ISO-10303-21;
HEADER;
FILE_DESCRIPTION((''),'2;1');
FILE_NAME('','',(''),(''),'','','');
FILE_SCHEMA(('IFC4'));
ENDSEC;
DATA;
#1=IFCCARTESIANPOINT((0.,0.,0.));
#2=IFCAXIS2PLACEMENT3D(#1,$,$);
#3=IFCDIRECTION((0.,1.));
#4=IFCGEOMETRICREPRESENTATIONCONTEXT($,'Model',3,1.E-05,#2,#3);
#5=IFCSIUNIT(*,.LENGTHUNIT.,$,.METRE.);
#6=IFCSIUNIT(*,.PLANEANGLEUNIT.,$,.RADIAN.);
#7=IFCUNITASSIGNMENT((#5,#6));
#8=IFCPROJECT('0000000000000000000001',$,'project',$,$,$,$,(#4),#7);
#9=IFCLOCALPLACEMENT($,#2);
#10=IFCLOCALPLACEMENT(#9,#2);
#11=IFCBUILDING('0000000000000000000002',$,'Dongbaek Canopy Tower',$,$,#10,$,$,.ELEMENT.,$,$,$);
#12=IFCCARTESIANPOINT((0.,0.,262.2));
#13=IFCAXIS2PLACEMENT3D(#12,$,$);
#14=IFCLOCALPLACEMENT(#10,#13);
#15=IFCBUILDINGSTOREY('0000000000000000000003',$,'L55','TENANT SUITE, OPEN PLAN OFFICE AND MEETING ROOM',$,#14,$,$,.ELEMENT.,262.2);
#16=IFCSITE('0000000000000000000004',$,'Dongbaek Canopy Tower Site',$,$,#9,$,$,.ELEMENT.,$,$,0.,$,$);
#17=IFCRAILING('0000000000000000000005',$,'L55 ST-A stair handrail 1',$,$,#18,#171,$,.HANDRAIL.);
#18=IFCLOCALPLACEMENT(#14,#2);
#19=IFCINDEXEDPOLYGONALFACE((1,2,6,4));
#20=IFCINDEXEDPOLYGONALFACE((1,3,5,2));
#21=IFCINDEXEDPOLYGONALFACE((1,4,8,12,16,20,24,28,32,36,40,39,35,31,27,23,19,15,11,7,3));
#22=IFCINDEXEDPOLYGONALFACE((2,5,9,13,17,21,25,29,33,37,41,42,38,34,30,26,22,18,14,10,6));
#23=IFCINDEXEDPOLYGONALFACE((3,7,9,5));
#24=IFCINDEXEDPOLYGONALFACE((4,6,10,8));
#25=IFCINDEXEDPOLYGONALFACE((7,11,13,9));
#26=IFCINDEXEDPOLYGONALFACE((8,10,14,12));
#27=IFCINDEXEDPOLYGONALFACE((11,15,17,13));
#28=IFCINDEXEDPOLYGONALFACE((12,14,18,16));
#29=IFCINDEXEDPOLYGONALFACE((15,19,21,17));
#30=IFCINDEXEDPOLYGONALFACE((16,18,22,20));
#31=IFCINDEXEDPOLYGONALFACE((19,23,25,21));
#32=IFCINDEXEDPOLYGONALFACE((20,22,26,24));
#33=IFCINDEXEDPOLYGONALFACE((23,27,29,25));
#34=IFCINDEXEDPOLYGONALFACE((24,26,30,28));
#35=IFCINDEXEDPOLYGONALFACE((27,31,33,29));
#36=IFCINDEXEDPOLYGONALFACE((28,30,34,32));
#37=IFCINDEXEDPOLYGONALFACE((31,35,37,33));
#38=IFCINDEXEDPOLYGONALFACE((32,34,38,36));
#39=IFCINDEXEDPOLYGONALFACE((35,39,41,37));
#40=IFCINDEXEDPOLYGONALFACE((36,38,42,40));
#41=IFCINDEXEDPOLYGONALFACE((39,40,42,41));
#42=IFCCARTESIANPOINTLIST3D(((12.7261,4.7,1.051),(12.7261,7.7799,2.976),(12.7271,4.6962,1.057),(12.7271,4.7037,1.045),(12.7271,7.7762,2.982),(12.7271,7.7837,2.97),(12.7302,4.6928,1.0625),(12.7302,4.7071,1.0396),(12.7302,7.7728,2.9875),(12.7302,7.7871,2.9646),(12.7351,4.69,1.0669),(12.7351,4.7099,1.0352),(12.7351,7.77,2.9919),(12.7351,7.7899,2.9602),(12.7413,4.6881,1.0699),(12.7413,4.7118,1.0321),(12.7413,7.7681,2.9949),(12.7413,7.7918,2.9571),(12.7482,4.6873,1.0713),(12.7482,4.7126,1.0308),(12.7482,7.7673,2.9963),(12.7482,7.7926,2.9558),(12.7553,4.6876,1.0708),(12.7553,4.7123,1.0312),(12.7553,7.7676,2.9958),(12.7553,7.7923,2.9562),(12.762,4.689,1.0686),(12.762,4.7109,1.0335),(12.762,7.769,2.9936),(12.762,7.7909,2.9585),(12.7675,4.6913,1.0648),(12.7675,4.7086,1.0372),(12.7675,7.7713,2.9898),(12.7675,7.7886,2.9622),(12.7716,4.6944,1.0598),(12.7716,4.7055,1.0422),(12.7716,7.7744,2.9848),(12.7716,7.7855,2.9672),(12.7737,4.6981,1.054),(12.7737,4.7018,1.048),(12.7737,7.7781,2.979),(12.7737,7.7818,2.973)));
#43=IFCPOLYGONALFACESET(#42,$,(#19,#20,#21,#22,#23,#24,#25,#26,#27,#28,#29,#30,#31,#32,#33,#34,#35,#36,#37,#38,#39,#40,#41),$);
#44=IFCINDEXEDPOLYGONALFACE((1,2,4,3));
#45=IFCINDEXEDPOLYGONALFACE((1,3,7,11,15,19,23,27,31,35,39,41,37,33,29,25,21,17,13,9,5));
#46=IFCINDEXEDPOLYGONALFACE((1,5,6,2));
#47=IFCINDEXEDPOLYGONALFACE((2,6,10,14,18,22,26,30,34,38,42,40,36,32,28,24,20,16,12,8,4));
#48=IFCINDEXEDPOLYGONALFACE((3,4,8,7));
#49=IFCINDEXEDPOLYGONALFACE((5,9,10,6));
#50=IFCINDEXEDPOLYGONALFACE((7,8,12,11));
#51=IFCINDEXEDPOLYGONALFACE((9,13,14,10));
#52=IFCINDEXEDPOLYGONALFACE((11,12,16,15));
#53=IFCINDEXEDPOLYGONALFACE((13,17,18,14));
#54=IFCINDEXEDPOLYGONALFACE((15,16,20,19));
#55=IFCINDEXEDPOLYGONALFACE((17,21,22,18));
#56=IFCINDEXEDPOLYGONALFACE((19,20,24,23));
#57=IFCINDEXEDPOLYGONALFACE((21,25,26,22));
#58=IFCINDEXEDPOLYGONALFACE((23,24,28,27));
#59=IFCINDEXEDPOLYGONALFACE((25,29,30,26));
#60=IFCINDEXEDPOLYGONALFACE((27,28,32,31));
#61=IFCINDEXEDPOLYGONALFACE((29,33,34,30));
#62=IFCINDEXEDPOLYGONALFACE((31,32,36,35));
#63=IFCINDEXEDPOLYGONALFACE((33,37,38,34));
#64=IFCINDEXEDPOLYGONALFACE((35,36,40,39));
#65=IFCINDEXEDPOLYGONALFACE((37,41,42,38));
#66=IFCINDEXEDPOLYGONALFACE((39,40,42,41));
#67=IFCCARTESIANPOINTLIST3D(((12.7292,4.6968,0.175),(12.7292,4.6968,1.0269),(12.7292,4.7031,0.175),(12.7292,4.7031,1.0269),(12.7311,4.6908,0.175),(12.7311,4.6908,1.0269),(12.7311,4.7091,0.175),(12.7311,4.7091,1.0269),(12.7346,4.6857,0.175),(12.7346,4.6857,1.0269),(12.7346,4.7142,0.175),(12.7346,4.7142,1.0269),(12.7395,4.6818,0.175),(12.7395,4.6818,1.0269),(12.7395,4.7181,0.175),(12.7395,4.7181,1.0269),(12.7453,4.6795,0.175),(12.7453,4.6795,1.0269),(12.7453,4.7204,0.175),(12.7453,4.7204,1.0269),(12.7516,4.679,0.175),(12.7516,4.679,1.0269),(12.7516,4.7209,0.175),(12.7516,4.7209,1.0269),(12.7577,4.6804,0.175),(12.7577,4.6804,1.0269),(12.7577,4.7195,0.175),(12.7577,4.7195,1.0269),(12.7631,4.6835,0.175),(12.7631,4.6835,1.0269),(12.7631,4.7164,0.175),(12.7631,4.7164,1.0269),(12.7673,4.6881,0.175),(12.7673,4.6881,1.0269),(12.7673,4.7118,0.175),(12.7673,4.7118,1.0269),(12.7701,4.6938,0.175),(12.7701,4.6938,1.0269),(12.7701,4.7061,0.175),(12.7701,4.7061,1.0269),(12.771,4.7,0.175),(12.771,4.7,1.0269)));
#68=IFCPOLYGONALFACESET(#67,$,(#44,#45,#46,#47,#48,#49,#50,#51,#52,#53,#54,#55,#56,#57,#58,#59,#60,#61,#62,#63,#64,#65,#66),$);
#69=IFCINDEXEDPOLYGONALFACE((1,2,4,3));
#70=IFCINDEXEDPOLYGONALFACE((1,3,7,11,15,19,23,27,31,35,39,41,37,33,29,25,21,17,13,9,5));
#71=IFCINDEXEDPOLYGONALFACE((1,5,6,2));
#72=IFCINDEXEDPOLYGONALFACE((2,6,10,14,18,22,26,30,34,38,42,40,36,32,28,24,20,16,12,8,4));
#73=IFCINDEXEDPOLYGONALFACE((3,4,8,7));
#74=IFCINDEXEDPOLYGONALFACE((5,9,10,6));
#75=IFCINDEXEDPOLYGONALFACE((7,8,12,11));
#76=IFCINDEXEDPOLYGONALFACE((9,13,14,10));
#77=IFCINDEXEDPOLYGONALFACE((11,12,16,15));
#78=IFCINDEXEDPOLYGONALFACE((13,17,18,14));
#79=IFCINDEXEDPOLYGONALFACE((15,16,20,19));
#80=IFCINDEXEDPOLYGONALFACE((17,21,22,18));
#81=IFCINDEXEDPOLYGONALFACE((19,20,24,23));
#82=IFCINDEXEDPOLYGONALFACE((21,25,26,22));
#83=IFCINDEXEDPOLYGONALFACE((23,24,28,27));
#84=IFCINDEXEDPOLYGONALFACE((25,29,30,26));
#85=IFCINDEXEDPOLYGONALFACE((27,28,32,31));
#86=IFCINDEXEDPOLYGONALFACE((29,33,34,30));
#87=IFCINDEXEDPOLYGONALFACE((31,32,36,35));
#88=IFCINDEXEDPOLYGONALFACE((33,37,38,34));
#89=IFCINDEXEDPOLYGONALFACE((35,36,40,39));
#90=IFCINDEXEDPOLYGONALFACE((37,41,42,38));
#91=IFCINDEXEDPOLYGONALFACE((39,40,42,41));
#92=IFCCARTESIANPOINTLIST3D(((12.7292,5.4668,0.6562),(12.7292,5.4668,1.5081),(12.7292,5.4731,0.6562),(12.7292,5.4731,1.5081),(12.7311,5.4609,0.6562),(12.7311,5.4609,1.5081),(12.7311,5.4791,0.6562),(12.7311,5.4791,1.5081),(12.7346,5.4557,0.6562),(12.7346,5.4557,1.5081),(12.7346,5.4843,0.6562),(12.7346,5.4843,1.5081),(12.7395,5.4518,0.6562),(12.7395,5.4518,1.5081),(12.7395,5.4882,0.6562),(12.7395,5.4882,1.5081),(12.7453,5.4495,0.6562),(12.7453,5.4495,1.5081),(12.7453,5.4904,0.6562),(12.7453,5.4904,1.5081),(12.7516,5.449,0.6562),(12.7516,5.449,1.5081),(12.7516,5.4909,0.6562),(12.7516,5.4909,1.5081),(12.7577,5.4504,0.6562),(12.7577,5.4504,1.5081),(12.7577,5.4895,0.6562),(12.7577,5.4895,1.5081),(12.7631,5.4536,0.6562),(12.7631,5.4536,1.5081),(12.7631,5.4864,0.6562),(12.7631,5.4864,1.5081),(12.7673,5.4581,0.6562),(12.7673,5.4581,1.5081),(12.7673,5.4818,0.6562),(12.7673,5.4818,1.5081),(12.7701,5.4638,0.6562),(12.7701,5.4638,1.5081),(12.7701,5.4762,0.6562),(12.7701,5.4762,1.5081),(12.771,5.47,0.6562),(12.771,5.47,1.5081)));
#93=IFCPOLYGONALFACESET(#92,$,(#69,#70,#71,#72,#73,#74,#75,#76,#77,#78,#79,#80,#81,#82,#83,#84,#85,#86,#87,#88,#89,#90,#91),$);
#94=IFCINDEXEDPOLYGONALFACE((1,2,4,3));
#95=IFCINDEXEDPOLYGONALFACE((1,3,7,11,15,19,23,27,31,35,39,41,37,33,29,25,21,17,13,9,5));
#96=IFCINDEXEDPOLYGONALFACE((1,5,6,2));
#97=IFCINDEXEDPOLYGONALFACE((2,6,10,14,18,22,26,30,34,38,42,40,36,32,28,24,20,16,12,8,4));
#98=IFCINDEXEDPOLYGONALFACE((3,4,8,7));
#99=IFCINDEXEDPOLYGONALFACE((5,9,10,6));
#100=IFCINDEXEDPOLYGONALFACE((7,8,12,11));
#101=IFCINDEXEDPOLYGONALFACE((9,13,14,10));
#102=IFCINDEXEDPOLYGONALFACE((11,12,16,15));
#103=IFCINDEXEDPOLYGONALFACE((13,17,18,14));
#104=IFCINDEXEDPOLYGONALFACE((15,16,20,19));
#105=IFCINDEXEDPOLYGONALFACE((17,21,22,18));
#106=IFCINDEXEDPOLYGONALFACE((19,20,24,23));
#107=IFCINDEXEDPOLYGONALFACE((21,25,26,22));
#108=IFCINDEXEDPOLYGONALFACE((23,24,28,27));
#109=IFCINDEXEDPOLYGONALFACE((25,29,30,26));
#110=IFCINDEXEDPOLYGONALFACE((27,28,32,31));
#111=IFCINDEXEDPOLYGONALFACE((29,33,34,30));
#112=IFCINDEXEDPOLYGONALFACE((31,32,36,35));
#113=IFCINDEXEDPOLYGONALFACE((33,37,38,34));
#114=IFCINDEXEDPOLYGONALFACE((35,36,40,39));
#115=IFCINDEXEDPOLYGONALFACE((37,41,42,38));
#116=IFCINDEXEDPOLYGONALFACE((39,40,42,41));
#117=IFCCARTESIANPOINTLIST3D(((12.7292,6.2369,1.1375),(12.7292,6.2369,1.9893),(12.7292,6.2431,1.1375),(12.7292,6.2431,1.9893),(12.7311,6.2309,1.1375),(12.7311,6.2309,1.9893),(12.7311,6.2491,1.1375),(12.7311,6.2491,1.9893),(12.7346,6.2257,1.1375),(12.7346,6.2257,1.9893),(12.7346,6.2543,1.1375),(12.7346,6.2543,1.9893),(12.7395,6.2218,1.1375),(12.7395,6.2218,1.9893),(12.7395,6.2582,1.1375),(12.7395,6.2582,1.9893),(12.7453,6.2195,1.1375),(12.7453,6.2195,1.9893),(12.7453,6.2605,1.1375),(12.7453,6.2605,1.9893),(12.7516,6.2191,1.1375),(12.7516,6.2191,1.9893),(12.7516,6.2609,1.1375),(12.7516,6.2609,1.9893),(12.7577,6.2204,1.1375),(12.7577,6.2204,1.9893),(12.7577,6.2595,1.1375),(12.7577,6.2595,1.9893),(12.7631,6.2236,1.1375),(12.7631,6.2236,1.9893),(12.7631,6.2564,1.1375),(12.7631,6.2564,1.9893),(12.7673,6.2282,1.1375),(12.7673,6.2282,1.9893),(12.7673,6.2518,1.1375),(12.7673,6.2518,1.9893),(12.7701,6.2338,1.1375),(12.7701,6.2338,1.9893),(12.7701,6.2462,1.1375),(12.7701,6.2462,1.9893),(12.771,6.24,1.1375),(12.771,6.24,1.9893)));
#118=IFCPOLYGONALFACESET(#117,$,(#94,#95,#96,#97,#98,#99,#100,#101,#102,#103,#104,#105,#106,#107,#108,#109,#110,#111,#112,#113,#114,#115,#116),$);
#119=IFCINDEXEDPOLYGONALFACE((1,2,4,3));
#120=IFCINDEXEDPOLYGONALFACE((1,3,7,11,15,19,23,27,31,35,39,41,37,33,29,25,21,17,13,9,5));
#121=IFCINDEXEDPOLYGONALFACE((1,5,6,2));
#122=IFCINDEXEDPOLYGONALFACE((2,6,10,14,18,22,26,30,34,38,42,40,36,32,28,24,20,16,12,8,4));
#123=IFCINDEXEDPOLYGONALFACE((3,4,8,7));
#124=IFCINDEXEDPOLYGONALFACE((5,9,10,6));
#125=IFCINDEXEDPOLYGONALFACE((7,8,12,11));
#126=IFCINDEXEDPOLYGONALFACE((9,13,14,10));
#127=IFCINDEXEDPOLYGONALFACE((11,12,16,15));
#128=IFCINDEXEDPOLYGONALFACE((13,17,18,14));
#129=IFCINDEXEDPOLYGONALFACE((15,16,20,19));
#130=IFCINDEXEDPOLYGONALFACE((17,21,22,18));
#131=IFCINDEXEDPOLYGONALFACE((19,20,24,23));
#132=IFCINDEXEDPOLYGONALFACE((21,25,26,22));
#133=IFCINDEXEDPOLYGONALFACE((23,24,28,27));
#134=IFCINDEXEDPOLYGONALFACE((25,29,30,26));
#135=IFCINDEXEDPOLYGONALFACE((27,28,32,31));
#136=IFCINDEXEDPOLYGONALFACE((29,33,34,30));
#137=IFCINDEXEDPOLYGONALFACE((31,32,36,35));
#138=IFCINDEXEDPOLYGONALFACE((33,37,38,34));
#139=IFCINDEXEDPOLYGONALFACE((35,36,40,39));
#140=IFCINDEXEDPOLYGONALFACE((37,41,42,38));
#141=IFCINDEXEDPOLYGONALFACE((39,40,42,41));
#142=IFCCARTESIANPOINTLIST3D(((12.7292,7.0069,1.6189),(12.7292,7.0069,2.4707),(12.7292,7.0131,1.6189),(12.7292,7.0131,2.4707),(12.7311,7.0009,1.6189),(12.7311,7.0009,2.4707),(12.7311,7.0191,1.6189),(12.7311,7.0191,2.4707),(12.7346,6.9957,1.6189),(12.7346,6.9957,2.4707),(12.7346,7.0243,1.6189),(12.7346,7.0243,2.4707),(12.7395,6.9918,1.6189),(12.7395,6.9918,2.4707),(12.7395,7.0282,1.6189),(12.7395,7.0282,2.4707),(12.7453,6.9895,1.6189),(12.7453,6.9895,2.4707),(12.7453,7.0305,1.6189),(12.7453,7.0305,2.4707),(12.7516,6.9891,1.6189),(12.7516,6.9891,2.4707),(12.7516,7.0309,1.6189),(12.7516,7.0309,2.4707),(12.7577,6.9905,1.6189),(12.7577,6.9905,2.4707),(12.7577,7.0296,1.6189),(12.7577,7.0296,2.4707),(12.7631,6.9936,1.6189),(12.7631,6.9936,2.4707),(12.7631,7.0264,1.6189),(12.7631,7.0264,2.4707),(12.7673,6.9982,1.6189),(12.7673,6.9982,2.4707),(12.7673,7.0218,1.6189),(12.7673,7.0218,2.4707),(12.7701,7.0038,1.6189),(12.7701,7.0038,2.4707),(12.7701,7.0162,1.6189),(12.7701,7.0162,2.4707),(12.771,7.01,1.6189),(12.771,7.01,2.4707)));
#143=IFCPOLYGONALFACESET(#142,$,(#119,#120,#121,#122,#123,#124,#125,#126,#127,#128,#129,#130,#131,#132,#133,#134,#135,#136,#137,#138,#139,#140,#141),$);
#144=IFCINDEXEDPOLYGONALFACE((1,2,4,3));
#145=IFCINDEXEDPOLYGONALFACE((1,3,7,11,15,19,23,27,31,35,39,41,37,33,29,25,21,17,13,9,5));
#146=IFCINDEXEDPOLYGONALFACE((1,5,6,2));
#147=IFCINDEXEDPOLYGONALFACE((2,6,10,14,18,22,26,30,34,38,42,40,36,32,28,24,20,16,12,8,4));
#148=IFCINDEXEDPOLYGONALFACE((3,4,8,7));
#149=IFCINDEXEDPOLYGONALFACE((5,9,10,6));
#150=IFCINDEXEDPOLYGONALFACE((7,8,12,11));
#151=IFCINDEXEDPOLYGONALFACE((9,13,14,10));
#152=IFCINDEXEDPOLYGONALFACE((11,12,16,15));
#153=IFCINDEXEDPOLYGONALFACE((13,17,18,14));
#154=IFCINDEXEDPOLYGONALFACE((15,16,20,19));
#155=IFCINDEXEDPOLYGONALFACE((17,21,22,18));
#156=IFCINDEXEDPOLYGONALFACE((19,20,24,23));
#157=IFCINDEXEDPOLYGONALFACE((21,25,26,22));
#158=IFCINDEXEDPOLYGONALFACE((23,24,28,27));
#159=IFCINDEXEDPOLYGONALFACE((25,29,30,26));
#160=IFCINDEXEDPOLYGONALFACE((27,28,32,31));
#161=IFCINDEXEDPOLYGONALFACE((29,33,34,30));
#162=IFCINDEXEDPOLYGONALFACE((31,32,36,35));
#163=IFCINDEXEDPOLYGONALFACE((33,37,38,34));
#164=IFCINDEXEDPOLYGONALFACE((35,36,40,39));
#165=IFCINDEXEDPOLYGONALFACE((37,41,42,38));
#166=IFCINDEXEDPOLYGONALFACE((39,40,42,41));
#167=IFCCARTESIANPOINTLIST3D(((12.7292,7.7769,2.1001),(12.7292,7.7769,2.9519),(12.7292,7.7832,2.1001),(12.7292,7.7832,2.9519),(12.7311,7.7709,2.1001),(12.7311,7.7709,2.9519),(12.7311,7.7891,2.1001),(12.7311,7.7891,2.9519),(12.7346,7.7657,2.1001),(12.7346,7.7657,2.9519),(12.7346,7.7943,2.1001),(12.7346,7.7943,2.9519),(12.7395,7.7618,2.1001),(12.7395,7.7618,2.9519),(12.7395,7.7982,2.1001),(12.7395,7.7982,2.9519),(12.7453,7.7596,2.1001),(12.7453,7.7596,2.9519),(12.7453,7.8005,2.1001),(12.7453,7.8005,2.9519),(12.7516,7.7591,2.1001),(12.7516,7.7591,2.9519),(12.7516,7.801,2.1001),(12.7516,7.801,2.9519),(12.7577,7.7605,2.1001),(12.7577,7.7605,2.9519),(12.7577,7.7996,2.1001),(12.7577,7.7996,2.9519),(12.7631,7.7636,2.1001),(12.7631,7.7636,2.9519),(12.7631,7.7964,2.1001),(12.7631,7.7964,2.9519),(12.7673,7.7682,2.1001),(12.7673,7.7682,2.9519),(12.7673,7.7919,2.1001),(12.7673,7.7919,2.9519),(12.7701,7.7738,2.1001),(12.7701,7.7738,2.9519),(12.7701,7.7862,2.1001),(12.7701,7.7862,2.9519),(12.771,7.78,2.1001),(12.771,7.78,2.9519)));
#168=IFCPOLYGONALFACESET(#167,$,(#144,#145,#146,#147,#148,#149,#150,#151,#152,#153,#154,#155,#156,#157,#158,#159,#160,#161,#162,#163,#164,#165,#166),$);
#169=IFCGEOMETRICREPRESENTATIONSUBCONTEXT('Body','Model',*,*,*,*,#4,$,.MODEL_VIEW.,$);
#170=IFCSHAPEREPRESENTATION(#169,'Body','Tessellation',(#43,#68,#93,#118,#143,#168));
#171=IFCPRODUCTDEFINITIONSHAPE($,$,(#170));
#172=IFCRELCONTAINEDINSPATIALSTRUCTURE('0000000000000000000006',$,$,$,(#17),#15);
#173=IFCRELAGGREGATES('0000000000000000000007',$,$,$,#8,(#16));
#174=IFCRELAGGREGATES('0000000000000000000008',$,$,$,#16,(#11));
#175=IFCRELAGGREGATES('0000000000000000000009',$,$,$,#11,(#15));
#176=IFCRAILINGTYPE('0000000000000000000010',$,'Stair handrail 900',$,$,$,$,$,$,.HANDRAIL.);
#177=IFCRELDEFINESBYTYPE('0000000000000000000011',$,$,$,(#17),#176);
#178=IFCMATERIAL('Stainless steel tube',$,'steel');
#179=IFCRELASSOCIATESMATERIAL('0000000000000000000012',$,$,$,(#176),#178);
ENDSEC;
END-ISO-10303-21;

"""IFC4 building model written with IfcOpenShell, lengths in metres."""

from ifc_helpers import new_model, si_unit, direction, frame, origin, origin_2d, place, context, subcontext, project, spatial, circle, extrude, material, type_object, element, save


model = new_model("IFC4")

# Units and contexts
model_context = context("Model", 3, precision=1e-05, world=origin(), true_north=direction((0.0, 1.0)))
body_context = subcontext(model_context, "Body", "Model", "MODEL_VIEW")
ifc_project = project(units=[si_unit("LENGTHUNIT", "METRE"), si_unit("PLANEANGLEUNIT", "RADIAN")], contexts=[model_context])

# Site, building, storey
site_placement = place(None, origin())
site = spatial("IfcSite", under=ifc_project, at=site_placement, Name="Dongbaek Canopy Tower Site", CompositionType="ELEMENT", RefElevation=0.0)
building_placement = place(site_placement, origin())
building = spatial("IfcBuilding", under=site, at=building_placement, Name="Dongbaek Canopy Tower", CompositionType="ELEMENT")
storey_placement = place(building_placement, frame((0.0, 0.0, 262.2)))
storey = spatial("IfcBuildingStorey", under=building, at=storey_placement, Name="L55", Description="TENANT SUITE, OPEN PLAN OFFICE AND MEETING ROOM", CompositionType="ELEMENT", Elevation=262.2)

# Railing
ifc_material_1 = material(Name="Stainless steel tube", Category="steel")
railing_type_1 = type_object("IfcRailingType", Name="Stair handrail 900", PredefinedType="HANDRAIL", material=ifc_material_1)
railing_1_placement = place(storey_placement, frame((12.75, 4.7, 0.175)))
element("IfcRailing", 1, at=railing_1_placement, inside=storey, type_object=railing_type_1, Name="L55 ST-A stair handrail 1", PredefinedType="HANDRAIL", context=body_context, shape_type="SweptSolid", body=[
    extrude(circle(Radius=0.0239, at=origin_2d()), frame((0.0, 0.0, 0.876), z_axis=(0.0, 0.847998, 0.529999), x_axis=(-1.0, 0.0, 0.0)), (0.0, 0.0, 1.0), 3.6321),
    extrude(circle(Radius=0.021, at=origin_2d()), origin(), (0.0, 0.0, 1.0), 0.8518),
    extrude(circle(Radius=0.021, at=origin_2d()), frame((0.0, 0.77, 0.4812)), (0.0, 0.0, 1.0), 0.8518),
    extrude(circle(Radius=0.021, at=origin_2d()), frame((0.0, 1.54, 0.9624)), (0.0, 0.0, 1.0), 0.8518),
    extrude(circle(Radius=0.021, at=origin_2d()), frame((0.0, 2.3101, 1.4438)), (0.0, 0.0, 1.0), 0.8518),
    extrude(circle(Radius=0.021, at=origin_2d()), frame((0.0, 3.0801, 1.925)), (0.0, 0.0, 1.0), 0.8518),
])

save(model, "model.ifc")
